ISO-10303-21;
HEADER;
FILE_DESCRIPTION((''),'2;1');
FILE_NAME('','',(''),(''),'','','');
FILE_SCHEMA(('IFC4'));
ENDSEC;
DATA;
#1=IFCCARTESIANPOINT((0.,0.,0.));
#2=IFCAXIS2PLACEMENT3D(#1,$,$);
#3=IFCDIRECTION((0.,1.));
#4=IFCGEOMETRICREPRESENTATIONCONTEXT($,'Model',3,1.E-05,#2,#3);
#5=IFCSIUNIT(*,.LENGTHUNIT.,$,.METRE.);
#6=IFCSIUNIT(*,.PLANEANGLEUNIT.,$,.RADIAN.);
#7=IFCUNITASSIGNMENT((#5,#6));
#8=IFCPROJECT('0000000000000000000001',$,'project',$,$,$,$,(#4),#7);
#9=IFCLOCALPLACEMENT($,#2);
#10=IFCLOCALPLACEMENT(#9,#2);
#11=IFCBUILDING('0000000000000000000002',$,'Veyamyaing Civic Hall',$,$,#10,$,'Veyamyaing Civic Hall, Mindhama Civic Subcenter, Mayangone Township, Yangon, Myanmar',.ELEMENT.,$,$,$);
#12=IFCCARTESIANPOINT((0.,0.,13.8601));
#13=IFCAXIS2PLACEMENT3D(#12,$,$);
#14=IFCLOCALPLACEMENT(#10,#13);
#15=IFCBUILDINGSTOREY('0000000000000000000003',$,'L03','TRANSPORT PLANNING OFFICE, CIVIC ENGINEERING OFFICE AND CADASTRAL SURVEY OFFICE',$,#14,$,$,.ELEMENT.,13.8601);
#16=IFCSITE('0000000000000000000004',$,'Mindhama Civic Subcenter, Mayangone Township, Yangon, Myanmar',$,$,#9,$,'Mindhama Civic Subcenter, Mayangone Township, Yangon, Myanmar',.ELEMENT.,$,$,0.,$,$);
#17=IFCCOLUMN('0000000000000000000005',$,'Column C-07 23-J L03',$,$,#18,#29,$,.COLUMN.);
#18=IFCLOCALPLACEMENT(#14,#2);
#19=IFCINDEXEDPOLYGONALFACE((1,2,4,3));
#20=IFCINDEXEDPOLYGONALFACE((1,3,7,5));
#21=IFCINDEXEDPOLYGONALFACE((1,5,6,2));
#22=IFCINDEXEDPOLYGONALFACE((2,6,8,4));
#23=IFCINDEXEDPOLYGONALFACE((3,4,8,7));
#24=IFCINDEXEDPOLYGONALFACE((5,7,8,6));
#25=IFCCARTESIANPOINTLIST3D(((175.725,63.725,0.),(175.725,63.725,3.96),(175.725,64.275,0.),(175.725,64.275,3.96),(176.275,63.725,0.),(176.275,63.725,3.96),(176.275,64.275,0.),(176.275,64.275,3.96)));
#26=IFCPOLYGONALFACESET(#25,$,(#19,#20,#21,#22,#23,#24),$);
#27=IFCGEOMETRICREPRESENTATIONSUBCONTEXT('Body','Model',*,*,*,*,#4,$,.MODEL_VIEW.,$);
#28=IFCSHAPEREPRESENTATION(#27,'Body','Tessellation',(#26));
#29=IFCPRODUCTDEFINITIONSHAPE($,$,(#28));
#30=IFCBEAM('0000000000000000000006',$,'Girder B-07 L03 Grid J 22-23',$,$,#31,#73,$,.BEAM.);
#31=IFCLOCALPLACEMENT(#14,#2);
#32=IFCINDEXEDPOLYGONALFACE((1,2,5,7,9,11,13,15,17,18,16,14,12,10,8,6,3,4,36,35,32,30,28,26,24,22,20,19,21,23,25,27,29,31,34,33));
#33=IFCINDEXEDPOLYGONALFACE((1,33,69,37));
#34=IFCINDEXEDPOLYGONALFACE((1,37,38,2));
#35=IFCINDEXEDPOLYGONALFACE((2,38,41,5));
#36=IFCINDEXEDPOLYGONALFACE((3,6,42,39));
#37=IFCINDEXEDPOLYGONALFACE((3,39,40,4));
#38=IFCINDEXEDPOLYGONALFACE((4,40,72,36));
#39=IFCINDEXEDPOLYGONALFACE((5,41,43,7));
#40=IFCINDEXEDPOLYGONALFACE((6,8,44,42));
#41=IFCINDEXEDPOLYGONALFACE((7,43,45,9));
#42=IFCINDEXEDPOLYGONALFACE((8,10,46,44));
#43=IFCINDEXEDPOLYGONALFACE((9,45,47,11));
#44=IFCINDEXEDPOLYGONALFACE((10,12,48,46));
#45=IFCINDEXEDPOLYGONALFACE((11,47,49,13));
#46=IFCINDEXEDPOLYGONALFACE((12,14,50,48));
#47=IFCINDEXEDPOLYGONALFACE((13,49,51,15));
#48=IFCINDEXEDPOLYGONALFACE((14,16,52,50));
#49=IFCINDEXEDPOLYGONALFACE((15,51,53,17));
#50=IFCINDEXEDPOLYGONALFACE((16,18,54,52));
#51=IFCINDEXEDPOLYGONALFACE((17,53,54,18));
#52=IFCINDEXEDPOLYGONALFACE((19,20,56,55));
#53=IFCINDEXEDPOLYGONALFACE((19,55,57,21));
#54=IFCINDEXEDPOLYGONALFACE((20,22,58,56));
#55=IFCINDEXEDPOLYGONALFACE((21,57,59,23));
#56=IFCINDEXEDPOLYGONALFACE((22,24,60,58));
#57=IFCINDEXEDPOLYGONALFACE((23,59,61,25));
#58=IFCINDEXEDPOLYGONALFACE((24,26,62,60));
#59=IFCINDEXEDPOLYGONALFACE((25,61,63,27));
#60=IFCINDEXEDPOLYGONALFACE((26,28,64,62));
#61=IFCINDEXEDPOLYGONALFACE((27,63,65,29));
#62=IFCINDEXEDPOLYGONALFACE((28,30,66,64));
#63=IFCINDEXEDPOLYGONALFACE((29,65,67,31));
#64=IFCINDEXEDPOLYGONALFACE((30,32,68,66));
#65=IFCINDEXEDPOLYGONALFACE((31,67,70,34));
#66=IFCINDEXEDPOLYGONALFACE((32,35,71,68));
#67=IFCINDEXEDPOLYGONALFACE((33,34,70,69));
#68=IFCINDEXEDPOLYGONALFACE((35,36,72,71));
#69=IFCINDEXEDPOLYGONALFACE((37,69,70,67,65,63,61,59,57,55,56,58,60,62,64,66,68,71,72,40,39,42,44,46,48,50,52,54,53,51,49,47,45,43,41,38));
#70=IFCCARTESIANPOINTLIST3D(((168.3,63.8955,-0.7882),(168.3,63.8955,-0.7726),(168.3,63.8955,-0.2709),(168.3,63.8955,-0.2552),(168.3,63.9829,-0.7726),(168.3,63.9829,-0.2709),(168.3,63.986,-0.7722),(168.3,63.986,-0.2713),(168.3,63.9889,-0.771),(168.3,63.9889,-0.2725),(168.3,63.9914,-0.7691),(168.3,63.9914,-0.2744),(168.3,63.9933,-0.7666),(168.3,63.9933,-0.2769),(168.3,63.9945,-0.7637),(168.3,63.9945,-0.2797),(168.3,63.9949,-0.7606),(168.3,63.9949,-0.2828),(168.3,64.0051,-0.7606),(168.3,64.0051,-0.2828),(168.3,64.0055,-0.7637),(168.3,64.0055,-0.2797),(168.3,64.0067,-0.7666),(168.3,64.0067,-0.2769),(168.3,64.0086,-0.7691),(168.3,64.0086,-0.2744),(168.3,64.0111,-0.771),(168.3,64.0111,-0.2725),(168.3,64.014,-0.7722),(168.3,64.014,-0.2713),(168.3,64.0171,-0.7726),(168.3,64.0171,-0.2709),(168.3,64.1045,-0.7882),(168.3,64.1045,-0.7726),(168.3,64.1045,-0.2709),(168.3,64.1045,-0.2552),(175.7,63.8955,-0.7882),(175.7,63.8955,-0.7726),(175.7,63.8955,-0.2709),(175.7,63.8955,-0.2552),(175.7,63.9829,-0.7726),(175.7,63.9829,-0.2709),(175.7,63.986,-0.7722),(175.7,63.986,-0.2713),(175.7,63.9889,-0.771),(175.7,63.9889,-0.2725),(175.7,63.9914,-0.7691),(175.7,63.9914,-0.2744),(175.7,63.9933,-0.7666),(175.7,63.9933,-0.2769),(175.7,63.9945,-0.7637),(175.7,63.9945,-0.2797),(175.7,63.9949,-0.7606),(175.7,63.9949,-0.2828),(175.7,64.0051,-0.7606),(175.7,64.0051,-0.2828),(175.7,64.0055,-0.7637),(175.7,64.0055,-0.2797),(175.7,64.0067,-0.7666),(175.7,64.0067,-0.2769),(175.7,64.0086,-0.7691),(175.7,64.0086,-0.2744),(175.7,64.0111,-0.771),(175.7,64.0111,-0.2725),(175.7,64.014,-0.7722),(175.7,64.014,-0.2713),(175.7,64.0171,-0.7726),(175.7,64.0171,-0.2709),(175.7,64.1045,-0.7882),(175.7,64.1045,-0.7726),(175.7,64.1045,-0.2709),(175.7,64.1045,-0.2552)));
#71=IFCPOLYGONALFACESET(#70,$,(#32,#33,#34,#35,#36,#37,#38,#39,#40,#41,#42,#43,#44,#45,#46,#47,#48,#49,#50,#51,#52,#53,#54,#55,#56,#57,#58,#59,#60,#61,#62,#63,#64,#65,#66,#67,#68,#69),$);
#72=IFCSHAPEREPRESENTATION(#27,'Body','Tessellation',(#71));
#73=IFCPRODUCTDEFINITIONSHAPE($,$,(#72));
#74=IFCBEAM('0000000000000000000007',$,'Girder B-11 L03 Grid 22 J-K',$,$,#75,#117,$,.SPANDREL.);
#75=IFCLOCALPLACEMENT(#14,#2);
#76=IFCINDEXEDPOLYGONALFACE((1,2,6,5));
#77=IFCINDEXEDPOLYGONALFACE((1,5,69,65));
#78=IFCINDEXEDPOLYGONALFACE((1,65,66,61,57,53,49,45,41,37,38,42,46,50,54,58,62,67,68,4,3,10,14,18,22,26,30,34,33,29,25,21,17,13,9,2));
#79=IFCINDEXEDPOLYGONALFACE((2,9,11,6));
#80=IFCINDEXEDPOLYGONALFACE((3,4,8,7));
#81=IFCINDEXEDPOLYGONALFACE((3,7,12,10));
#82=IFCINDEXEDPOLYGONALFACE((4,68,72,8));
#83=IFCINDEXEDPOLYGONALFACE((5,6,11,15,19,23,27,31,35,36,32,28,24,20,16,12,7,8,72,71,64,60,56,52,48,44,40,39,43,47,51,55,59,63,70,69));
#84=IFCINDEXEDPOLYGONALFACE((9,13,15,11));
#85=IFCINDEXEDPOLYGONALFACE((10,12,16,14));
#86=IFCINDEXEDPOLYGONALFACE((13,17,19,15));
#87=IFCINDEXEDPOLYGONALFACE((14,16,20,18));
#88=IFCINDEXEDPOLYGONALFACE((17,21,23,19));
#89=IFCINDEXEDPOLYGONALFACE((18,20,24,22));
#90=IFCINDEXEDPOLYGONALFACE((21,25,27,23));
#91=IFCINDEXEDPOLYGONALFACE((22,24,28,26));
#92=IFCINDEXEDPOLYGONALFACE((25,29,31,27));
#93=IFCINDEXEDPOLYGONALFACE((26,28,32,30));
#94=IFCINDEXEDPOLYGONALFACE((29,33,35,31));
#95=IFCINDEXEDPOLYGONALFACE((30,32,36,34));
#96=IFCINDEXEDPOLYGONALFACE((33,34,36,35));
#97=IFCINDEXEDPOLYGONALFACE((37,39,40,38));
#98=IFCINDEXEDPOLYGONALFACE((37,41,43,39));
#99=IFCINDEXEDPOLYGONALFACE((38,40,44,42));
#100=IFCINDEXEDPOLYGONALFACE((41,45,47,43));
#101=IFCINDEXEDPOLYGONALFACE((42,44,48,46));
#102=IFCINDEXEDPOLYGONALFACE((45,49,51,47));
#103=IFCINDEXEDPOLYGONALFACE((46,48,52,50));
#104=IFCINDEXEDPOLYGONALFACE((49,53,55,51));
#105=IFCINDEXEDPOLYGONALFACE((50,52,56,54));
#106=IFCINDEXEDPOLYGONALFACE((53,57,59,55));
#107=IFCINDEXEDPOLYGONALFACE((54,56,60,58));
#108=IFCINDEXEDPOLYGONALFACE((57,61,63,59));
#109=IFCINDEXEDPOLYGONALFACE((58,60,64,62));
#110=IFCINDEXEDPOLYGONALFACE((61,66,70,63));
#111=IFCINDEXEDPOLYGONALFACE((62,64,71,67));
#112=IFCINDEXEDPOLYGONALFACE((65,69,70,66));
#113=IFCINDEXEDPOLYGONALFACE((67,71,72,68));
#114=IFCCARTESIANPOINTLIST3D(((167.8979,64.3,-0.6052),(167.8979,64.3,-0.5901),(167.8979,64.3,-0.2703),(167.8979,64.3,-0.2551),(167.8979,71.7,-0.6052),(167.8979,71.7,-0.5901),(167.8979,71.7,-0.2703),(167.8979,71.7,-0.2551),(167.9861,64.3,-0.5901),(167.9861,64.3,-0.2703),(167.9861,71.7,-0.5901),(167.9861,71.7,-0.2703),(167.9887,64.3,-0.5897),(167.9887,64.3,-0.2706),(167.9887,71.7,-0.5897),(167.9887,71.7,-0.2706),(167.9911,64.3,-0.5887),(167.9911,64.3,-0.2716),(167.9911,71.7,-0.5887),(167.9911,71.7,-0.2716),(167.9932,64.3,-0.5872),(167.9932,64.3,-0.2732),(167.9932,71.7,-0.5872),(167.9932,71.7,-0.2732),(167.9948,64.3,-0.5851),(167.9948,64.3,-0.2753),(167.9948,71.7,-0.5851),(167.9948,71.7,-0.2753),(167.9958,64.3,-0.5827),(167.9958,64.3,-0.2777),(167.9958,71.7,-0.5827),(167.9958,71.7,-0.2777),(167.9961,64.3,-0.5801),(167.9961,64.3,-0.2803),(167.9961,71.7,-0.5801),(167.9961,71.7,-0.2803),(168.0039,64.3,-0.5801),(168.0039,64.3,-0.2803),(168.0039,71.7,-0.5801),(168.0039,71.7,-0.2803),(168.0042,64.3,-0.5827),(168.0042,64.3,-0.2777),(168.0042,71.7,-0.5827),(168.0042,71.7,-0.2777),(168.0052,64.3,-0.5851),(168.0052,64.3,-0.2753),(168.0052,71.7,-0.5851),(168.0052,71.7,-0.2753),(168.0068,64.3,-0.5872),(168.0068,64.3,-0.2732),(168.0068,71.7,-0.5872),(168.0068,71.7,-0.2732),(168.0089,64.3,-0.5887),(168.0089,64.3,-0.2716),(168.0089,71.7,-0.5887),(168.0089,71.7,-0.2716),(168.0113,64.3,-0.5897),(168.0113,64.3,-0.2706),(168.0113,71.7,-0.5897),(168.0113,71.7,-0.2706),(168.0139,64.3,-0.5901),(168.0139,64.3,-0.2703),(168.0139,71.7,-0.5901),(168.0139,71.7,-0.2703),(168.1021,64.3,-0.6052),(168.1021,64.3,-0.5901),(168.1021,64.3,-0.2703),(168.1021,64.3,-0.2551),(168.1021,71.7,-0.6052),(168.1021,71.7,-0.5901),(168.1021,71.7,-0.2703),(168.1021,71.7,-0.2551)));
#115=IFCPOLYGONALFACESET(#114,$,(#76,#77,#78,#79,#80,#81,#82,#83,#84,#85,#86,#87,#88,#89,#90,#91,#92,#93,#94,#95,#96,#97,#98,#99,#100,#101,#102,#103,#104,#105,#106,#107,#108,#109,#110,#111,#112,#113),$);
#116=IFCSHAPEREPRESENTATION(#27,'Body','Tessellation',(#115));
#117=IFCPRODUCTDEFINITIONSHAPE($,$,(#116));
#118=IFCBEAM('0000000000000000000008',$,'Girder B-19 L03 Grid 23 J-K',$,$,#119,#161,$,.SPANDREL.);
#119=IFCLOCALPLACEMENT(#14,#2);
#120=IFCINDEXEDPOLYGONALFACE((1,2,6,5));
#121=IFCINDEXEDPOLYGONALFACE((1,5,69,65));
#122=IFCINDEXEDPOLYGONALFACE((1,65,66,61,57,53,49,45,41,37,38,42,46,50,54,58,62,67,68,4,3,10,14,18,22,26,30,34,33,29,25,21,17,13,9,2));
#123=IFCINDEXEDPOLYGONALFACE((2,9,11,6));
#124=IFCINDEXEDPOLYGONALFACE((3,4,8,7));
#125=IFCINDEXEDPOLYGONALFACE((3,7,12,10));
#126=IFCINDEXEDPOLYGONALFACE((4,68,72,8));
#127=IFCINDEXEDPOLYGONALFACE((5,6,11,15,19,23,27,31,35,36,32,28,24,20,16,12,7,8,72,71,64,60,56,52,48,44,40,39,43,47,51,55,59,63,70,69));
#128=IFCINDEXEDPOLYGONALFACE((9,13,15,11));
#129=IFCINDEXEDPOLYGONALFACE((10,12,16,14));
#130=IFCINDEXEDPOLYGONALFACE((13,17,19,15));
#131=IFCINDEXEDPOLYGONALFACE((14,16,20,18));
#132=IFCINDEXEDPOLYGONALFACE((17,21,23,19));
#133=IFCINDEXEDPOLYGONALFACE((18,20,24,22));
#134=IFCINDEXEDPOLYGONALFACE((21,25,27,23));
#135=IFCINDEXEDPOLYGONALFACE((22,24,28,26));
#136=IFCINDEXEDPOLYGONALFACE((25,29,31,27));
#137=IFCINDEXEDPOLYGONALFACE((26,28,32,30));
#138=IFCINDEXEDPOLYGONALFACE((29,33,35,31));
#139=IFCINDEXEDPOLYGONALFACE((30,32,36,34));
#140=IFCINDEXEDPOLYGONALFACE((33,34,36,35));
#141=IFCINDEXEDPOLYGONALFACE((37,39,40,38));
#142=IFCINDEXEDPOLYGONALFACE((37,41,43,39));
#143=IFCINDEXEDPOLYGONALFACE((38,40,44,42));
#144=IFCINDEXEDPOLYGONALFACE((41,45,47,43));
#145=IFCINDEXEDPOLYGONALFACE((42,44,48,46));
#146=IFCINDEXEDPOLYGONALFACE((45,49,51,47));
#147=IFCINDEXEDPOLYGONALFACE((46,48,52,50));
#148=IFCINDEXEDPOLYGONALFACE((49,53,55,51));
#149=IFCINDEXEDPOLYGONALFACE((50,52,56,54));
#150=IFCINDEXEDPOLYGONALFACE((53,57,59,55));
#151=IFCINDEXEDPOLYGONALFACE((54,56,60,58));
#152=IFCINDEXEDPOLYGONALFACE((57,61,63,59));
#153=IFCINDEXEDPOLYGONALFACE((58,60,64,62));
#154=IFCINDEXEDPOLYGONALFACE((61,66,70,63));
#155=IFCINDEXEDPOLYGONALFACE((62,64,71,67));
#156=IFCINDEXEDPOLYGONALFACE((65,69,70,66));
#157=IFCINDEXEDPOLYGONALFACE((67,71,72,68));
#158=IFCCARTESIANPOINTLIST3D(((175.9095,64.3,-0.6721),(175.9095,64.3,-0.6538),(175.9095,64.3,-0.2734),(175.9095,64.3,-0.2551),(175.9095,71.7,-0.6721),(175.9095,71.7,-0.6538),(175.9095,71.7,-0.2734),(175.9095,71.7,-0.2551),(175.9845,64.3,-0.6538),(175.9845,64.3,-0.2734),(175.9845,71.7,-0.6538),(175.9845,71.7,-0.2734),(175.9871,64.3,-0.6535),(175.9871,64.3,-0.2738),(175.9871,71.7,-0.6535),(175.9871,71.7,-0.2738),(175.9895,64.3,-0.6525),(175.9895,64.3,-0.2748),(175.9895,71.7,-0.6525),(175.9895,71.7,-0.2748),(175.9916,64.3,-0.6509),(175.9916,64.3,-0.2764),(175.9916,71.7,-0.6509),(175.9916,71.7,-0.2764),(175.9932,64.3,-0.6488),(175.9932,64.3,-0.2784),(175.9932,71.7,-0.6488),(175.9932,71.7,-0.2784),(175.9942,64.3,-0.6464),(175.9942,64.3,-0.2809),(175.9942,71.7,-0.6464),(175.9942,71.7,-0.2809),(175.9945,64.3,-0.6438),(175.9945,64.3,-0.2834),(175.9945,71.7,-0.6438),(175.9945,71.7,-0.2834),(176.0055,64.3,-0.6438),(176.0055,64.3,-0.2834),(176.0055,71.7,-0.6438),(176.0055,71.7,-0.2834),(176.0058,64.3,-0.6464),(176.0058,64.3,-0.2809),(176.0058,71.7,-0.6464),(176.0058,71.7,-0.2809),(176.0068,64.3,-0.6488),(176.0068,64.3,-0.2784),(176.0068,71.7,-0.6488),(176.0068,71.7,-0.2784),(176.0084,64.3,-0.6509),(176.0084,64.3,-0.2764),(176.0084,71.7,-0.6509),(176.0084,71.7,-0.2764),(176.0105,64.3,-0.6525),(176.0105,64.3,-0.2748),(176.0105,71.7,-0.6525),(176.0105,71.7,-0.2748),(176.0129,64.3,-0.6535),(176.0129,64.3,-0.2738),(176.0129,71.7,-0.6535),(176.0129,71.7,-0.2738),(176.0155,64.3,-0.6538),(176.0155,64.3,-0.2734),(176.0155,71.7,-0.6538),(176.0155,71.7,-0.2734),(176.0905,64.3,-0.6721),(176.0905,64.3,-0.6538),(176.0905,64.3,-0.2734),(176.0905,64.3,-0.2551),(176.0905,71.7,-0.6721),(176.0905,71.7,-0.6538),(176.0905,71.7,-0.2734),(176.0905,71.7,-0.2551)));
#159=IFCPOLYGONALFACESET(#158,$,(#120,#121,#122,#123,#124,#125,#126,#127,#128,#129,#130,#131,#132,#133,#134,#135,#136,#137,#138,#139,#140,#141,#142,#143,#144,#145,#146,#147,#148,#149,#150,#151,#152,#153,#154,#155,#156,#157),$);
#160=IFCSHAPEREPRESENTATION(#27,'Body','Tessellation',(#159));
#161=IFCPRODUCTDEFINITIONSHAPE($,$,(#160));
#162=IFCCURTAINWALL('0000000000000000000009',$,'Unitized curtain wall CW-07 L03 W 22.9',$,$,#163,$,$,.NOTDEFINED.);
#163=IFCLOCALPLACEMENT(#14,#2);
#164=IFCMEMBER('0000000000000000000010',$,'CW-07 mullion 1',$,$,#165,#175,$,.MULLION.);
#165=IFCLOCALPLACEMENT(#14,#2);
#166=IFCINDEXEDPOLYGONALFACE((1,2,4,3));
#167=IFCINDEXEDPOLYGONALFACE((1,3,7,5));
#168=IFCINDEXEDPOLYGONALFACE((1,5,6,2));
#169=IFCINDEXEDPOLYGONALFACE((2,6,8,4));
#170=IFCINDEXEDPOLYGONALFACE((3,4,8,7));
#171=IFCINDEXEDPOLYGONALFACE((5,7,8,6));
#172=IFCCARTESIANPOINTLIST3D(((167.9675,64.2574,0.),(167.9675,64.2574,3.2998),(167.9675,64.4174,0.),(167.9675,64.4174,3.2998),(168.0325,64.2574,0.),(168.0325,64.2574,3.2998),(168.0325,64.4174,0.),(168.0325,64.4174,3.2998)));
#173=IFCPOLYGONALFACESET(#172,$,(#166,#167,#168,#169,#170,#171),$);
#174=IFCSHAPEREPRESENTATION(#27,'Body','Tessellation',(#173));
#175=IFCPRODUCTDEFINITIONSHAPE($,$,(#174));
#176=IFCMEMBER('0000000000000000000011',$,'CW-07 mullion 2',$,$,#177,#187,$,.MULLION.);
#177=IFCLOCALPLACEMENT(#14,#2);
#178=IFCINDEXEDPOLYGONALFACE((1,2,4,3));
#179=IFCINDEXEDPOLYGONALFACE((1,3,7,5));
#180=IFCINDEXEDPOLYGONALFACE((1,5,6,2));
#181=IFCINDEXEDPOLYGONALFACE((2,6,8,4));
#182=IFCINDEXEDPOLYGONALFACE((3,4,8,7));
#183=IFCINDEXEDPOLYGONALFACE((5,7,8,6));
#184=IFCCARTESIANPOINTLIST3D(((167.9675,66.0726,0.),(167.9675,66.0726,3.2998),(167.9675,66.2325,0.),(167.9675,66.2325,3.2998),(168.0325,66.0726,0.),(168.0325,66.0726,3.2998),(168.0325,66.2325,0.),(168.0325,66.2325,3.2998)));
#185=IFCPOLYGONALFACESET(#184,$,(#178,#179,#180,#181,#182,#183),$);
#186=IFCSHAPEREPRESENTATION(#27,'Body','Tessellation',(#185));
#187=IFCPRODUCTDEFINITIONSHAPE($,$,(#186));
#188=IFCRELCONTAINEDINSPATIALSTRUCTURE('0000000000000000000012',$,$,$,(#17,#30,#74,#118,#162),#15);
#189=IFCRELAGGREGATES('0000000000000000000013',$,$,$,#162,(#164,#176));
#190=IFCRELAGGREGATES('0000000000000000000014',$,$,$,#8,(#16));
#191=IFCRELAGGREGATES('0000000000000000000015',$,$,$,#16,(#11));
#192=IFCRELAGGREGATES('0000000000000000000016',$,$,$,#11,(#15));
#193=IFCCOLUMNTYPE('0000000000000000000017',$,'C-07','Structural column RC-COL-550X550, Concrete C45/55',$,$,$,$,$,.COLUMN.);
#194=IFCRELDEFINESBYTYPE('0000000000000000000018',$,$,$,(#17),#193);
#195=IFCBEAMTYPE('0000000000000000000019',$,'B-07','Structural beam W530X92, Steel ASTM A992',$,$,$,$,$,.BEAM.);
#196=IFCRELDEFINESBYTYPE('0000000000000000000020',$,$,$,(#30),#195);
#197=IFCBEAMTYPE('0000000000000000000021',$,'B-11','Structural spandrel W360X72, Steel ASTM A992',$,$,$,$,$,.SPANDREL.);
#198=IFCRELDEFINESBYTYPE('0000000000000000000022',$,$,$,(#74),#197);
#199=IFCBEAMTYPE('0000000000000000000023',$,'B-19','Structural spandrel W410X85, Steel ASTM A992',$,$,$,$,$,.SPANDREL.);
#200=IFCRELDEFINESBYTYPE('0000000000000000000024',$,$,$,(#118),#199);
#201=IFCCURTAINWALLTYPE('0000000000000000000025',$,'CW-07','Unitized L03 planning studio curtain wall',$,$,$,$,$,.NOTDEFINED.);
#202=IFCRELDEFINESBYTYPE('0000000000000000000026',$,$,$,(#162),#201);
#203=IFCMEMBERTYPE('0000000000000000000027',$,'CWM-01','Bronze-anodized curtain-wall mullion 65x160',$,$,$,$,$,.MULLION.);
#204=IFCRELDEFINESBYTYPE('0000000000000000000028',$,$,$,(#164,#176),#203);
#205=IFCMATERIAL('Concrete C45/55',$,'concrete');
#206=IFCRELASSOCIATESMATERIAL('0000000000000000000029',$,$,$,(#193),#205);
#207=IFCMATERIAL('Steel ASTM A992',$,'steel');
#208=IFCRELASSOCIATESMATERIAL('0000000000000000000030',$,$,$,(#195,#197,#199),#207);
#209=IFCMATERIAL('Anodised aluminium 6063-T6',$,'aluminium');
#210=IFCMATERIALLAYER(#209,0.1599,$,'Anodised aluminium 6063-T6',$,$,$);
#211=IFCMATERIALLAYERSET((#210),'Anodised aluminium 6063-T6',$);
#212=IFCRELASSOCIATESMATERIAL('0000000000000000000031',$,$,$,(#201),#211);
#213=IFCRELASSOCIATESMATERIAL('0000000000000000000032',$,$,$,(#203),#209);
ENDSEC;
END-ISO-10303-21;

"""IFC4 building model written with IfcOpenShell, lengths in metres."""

from ifc_helpers import new_model, si_unit, direction, frame, origin, origin_2d, place, context, subcontext, project, spatial, rectangle, i_section, extrude, material, layer, layer_set, material_profile, profile_set, type_object, element, aggregate, save


model = new_model("IFC4")

# Units and contexts
model_context = context("Model", 3, precision=1e-05, world=origin(), true_north=direction((0.0, 1.0)))
body_context = subcontext(model_context, "Body", "Model", "MODEL_VIEW")
ifc_project = project(units=[si_unit("LENGTHUNIT", "METRE"), si_unit("PLANEANGLEUNIT", "RADIAN")], contexts=[model_context])

# Site, building, storey
site_placement = place(None, origin())
site = spatial("IfcSite", under=ifc_project, at=site_placement, Name="Mindhama Civic Subcenter, Mayangone Township, Yangon, Myanmar", LongName="Mindhama Civic Subcenter, Mayangone Township, Yangon, Myanmar", CompositionType="ELEMENT", RefElevation=0.0)
building_placement = place(site_placement, origin())
building = spatial("IfcBuilding", under=site, at=building_placement, Name="Veyamyaing Civic Hall", LongName="Veyamyaing Civic Hall, Mindhama Civic Subcenter, Mayangone Township, Yangon, Myanmar", CompositionType="ELEMENT")
storey_placement = place(building_placement, frame((0.0, 0.0, 13.8601)))
storey = spatial("IfcBuildingStorey", under=building, at=storey_placement, Name="L03", Description="TRANSPORT PLANNING OFFICE, CIVIC ENGINEERING OFFICE AND CADASTRAL SURVEY OFFICE", CompositionType="ELEMENT", Elevation=13.8601)

# Column
ifc_material_1 = material(Name="Concrete C45/55", Category="concrete")
ifc_material_profile_1 = material_profile(ifc_material_1, rectangle(XDim=0.55, YDim=0.55, at=origin_2d()), Name="RC-COL-550X550")
ifc_profile_set_1 = profile_set([ifc_material_profile_1], Name="Concrete C45/55")
column_type = type_object("IfcColumnType", Name="C-07", Description="Structural column RC-COL-550X550, Concrete C45/55", PredefinedType="COLUMN", material=ifc_profile_set_1)
column_placement = place(storey_placement, frame((176.0, 64.0, 0.0), z_axis=(0.0, 0.0, 1.0), x_axis=(1.0, 0.0, 0.0)))
element("IfcColumn", 1, at=column_placement, inside=storey, type_object=column_type, Name="Column C-07 23-J L03", PredefinedType="COLUMN", context=body_context, shape_type="SweptSolid", body=[
    extrude(rectangle(XDim=0.55, YDim=0.55, at=origin_2d()), origin(), (0.0, 0.0, 1.0), 3.96),
])

# Beams
ifc_material_2 = material(Name="Steel ASTM A992", Category="steel")
ifc_material_profile_2 = material_profile(ifc_material_2, i_section(OverallWidth=0.209, OverallDepth=0.533, WebThickness=0.0103, FlangeThickness=0.0156, FilletRadius=0.012, at=origin_2d()), Name="W530X92")
ifc_profile_set_2 = profile_set([ifc_material_profile_2], Name="Steel ASTM A992")
beam_type_1 = type_object("IfcBeamType", Name="B-07", Description="Structural beam W530X92, Steel ASTM A992", PredefinedType="BEAM", material=ifc_profile_set_2)
beam_1_placement = place(storey_placement, frame((168.3, 64.0, -0.5217), z_axis=(1.0, 0.0, 0.0), x_axis=(0.0, 1.0, 0.0)))
element("IfcBeam", 2, at=beam_1_placement, inside=storey, type_object=beam_type_1, Name="Girder B-07 L03 Grid J 22-23", PredefinedType="BEAM", context=body_context, shape_type="SweptSolid", body=[
    extrude(i_section(OverallWidth=0.209, OverallDepth=0.533, WebThickness=0.0103, FlangeThickness=0.0156, FilletRadius=0.012, at=origin_2d()), origin(), (0.0, 0.0, 1.0), 7.3999),
])
ifc_material_profile_3 = material_profile(ifc_material_2, i_section(OverallWidth=0.2041, OverallDepth=0.3501, WebThickness=0.0078, FlangeThickness=0.0151, FilletRadius=0.01, at=origin_2d()), Name="W360X72")
ifc_profile_set_3 = profile_set([ifc_material_profile_3], Name="Steel ASTM A992")
beam_type_2 = type_object("IfcBeamType", Name="B-11", Description="Structural spandrel W360X72, Steel ASTM A992", PredefinedType="SPANDREL", material=ifc_profile_set_3)
beam_2_placement = place(storey_placement, frame((168.0, 64.3, -0.4302), z_axis=(0.0, 1.0, 0.0), x_axis=(-1.0, 0.0, 0.0)))
element("IfcBeam", 3, at=beam_2_placement, inside=storey, type_object=beam_type_2, Name="Girder B-11 L03 Grid 22 J-K", PredefinedType="SPANDREL", context=body_context, shape_type="SweptSolid", body=[
    extrude(i_section(OverallWidth=0.2041, OverallDepth=0.3501, WebThickness=0.0078, FlangeThickness=0.0151, FilletRadius=0.01, at=origin_2d()), origin(), (0.0, 0.0, 1.0), 7.3999),
])
ifc_material_profile_4 = material_profile(ifc_material_2, i_section(OverallWidth=0.1809, OverallDepth=0.417, WebThickness=0.011, FlangeThickness=0.0183, FilletRadius=0.01, at=origin_2d()), Name="W410X85")
ifc_profile_set_4 = profile_set([ifc_material_profile_4], Name="Steel ASTM A992")
beam_type_3 = type_object("IfcBeamType", Name="B-19", Description="Structural spandrel W410X85, Steel ASTM A992", PredefinedType="SPANDREL", material=ifc_profile_set_4)
beam_3_placement = place(storey_placement, frame((176.0, 64.3, -0.4636), z_axis=(0.0, 1.0, 0.0), x_axis=(-1.0, 0.0, 0.0)))
element("IfcBeam", 4, at=beam_3_placement, inside=storey, type_object=beam_type_3, Name="Girder B-19 L03 Grid 23 J-K", PredefinedType="SPANDREL", context=body_context, shape_type="SweptSolid", body=[
    extrude(i_section(OverallWidth=0.1809, OverallDepth=0.417, WebThickness=0.011, FlangeThickness=0.0183, FilletRadius=0.01, at=origin_2d()), origin(), (0.0, 0.0, 1.0), 7.3999),
])

# Curtain wall, members
ifc_material_3 = material(Name="Anodised aluminium 6063-T6", Category="aluminium")
ifc_layer_1 = layer(ifc_material_3, 0.1599, Name="Anodised aluminium 6063-T6")
ifc_layer_set_1 = layer_set([ifc_layer_1], Name="Anodised aluminium 6063-T6")
curtain_wall_type = type_object("IfcCurtainWallType", Name="CW-07", Description="Unitized L03 planning studio curtain wall", PredefinedType="NOTDEFINED", material=ifc_layer_set_1)
curtain_wall_1_placement = place(storey_placement, origin())
curtain_wall_1 = element("IfcCurtainWall", 5, at=curtain_wall_1_placement, inside=storey, type_object=curtain_wall_type, Name="Unitized curtain wall CW-07 L03 W 22.9", PredefinedType="NOTDEFINED")
ifc_material_profile_5 = material_profile(ifc_material_3, rectangle(XDim=0.0649, YDim=0.1599, at=origin_2d()), Name="ALU-MUL-65X160")
ifc_profile_set_5 = profile_set([ifc_material_profile_5], Name="Anodised aluminium 6063-T6")
member_type_1 = type_object("IfcMemberType", Name="CWM-01", Description="Bronze-anodized curtain-wall mullion 65x160", PredefinedType="MULLION", material=ifc_profile_set_5)
member_1_placement = place(storey_placement, frame((168.0, 64.3374, 0.0), z_axis=(0.0, 0.0, 1.0), x_axis=(-1.0, 0.0, 0.0)))
member_1 = element("IfcMember", 6, at=member_1_placement, type_object=member_type_1, Name="CW-07 mullion 1", PredefinedType="MULLION", context=body_context, shape_type="SweptSolid", body=[
    extrude(rectangle(XDim=0.0649, YDim=0.1599, at=origin_2d()), origin(), (0.0, 0.0, 1.0), 3.2998),
])
member_2_placement = place(storey_placement, frame((168.0, 66.1526, 0.0), z_axis=(0.0, 0.0, 1.0), x_axis=(-1.0, 0.0, 0.0)))
member_2 = element("IfcMember", 7, at=member_2_placement, type_object=member_type_1, Name="CW-07 mullion 2", PredefinedType="MULLION", context=body_context, shape_type="SweptSolid", body=[
    extrude(rectangle(XDim=0.0649, YDim=0.1599, at=origin_2d()), origin(), (0.0, 0.0, 1.0), 3.2998),
])

aggregate(curtain_wall_1, [member_1, member_2])

save(model, "model.ifc")
